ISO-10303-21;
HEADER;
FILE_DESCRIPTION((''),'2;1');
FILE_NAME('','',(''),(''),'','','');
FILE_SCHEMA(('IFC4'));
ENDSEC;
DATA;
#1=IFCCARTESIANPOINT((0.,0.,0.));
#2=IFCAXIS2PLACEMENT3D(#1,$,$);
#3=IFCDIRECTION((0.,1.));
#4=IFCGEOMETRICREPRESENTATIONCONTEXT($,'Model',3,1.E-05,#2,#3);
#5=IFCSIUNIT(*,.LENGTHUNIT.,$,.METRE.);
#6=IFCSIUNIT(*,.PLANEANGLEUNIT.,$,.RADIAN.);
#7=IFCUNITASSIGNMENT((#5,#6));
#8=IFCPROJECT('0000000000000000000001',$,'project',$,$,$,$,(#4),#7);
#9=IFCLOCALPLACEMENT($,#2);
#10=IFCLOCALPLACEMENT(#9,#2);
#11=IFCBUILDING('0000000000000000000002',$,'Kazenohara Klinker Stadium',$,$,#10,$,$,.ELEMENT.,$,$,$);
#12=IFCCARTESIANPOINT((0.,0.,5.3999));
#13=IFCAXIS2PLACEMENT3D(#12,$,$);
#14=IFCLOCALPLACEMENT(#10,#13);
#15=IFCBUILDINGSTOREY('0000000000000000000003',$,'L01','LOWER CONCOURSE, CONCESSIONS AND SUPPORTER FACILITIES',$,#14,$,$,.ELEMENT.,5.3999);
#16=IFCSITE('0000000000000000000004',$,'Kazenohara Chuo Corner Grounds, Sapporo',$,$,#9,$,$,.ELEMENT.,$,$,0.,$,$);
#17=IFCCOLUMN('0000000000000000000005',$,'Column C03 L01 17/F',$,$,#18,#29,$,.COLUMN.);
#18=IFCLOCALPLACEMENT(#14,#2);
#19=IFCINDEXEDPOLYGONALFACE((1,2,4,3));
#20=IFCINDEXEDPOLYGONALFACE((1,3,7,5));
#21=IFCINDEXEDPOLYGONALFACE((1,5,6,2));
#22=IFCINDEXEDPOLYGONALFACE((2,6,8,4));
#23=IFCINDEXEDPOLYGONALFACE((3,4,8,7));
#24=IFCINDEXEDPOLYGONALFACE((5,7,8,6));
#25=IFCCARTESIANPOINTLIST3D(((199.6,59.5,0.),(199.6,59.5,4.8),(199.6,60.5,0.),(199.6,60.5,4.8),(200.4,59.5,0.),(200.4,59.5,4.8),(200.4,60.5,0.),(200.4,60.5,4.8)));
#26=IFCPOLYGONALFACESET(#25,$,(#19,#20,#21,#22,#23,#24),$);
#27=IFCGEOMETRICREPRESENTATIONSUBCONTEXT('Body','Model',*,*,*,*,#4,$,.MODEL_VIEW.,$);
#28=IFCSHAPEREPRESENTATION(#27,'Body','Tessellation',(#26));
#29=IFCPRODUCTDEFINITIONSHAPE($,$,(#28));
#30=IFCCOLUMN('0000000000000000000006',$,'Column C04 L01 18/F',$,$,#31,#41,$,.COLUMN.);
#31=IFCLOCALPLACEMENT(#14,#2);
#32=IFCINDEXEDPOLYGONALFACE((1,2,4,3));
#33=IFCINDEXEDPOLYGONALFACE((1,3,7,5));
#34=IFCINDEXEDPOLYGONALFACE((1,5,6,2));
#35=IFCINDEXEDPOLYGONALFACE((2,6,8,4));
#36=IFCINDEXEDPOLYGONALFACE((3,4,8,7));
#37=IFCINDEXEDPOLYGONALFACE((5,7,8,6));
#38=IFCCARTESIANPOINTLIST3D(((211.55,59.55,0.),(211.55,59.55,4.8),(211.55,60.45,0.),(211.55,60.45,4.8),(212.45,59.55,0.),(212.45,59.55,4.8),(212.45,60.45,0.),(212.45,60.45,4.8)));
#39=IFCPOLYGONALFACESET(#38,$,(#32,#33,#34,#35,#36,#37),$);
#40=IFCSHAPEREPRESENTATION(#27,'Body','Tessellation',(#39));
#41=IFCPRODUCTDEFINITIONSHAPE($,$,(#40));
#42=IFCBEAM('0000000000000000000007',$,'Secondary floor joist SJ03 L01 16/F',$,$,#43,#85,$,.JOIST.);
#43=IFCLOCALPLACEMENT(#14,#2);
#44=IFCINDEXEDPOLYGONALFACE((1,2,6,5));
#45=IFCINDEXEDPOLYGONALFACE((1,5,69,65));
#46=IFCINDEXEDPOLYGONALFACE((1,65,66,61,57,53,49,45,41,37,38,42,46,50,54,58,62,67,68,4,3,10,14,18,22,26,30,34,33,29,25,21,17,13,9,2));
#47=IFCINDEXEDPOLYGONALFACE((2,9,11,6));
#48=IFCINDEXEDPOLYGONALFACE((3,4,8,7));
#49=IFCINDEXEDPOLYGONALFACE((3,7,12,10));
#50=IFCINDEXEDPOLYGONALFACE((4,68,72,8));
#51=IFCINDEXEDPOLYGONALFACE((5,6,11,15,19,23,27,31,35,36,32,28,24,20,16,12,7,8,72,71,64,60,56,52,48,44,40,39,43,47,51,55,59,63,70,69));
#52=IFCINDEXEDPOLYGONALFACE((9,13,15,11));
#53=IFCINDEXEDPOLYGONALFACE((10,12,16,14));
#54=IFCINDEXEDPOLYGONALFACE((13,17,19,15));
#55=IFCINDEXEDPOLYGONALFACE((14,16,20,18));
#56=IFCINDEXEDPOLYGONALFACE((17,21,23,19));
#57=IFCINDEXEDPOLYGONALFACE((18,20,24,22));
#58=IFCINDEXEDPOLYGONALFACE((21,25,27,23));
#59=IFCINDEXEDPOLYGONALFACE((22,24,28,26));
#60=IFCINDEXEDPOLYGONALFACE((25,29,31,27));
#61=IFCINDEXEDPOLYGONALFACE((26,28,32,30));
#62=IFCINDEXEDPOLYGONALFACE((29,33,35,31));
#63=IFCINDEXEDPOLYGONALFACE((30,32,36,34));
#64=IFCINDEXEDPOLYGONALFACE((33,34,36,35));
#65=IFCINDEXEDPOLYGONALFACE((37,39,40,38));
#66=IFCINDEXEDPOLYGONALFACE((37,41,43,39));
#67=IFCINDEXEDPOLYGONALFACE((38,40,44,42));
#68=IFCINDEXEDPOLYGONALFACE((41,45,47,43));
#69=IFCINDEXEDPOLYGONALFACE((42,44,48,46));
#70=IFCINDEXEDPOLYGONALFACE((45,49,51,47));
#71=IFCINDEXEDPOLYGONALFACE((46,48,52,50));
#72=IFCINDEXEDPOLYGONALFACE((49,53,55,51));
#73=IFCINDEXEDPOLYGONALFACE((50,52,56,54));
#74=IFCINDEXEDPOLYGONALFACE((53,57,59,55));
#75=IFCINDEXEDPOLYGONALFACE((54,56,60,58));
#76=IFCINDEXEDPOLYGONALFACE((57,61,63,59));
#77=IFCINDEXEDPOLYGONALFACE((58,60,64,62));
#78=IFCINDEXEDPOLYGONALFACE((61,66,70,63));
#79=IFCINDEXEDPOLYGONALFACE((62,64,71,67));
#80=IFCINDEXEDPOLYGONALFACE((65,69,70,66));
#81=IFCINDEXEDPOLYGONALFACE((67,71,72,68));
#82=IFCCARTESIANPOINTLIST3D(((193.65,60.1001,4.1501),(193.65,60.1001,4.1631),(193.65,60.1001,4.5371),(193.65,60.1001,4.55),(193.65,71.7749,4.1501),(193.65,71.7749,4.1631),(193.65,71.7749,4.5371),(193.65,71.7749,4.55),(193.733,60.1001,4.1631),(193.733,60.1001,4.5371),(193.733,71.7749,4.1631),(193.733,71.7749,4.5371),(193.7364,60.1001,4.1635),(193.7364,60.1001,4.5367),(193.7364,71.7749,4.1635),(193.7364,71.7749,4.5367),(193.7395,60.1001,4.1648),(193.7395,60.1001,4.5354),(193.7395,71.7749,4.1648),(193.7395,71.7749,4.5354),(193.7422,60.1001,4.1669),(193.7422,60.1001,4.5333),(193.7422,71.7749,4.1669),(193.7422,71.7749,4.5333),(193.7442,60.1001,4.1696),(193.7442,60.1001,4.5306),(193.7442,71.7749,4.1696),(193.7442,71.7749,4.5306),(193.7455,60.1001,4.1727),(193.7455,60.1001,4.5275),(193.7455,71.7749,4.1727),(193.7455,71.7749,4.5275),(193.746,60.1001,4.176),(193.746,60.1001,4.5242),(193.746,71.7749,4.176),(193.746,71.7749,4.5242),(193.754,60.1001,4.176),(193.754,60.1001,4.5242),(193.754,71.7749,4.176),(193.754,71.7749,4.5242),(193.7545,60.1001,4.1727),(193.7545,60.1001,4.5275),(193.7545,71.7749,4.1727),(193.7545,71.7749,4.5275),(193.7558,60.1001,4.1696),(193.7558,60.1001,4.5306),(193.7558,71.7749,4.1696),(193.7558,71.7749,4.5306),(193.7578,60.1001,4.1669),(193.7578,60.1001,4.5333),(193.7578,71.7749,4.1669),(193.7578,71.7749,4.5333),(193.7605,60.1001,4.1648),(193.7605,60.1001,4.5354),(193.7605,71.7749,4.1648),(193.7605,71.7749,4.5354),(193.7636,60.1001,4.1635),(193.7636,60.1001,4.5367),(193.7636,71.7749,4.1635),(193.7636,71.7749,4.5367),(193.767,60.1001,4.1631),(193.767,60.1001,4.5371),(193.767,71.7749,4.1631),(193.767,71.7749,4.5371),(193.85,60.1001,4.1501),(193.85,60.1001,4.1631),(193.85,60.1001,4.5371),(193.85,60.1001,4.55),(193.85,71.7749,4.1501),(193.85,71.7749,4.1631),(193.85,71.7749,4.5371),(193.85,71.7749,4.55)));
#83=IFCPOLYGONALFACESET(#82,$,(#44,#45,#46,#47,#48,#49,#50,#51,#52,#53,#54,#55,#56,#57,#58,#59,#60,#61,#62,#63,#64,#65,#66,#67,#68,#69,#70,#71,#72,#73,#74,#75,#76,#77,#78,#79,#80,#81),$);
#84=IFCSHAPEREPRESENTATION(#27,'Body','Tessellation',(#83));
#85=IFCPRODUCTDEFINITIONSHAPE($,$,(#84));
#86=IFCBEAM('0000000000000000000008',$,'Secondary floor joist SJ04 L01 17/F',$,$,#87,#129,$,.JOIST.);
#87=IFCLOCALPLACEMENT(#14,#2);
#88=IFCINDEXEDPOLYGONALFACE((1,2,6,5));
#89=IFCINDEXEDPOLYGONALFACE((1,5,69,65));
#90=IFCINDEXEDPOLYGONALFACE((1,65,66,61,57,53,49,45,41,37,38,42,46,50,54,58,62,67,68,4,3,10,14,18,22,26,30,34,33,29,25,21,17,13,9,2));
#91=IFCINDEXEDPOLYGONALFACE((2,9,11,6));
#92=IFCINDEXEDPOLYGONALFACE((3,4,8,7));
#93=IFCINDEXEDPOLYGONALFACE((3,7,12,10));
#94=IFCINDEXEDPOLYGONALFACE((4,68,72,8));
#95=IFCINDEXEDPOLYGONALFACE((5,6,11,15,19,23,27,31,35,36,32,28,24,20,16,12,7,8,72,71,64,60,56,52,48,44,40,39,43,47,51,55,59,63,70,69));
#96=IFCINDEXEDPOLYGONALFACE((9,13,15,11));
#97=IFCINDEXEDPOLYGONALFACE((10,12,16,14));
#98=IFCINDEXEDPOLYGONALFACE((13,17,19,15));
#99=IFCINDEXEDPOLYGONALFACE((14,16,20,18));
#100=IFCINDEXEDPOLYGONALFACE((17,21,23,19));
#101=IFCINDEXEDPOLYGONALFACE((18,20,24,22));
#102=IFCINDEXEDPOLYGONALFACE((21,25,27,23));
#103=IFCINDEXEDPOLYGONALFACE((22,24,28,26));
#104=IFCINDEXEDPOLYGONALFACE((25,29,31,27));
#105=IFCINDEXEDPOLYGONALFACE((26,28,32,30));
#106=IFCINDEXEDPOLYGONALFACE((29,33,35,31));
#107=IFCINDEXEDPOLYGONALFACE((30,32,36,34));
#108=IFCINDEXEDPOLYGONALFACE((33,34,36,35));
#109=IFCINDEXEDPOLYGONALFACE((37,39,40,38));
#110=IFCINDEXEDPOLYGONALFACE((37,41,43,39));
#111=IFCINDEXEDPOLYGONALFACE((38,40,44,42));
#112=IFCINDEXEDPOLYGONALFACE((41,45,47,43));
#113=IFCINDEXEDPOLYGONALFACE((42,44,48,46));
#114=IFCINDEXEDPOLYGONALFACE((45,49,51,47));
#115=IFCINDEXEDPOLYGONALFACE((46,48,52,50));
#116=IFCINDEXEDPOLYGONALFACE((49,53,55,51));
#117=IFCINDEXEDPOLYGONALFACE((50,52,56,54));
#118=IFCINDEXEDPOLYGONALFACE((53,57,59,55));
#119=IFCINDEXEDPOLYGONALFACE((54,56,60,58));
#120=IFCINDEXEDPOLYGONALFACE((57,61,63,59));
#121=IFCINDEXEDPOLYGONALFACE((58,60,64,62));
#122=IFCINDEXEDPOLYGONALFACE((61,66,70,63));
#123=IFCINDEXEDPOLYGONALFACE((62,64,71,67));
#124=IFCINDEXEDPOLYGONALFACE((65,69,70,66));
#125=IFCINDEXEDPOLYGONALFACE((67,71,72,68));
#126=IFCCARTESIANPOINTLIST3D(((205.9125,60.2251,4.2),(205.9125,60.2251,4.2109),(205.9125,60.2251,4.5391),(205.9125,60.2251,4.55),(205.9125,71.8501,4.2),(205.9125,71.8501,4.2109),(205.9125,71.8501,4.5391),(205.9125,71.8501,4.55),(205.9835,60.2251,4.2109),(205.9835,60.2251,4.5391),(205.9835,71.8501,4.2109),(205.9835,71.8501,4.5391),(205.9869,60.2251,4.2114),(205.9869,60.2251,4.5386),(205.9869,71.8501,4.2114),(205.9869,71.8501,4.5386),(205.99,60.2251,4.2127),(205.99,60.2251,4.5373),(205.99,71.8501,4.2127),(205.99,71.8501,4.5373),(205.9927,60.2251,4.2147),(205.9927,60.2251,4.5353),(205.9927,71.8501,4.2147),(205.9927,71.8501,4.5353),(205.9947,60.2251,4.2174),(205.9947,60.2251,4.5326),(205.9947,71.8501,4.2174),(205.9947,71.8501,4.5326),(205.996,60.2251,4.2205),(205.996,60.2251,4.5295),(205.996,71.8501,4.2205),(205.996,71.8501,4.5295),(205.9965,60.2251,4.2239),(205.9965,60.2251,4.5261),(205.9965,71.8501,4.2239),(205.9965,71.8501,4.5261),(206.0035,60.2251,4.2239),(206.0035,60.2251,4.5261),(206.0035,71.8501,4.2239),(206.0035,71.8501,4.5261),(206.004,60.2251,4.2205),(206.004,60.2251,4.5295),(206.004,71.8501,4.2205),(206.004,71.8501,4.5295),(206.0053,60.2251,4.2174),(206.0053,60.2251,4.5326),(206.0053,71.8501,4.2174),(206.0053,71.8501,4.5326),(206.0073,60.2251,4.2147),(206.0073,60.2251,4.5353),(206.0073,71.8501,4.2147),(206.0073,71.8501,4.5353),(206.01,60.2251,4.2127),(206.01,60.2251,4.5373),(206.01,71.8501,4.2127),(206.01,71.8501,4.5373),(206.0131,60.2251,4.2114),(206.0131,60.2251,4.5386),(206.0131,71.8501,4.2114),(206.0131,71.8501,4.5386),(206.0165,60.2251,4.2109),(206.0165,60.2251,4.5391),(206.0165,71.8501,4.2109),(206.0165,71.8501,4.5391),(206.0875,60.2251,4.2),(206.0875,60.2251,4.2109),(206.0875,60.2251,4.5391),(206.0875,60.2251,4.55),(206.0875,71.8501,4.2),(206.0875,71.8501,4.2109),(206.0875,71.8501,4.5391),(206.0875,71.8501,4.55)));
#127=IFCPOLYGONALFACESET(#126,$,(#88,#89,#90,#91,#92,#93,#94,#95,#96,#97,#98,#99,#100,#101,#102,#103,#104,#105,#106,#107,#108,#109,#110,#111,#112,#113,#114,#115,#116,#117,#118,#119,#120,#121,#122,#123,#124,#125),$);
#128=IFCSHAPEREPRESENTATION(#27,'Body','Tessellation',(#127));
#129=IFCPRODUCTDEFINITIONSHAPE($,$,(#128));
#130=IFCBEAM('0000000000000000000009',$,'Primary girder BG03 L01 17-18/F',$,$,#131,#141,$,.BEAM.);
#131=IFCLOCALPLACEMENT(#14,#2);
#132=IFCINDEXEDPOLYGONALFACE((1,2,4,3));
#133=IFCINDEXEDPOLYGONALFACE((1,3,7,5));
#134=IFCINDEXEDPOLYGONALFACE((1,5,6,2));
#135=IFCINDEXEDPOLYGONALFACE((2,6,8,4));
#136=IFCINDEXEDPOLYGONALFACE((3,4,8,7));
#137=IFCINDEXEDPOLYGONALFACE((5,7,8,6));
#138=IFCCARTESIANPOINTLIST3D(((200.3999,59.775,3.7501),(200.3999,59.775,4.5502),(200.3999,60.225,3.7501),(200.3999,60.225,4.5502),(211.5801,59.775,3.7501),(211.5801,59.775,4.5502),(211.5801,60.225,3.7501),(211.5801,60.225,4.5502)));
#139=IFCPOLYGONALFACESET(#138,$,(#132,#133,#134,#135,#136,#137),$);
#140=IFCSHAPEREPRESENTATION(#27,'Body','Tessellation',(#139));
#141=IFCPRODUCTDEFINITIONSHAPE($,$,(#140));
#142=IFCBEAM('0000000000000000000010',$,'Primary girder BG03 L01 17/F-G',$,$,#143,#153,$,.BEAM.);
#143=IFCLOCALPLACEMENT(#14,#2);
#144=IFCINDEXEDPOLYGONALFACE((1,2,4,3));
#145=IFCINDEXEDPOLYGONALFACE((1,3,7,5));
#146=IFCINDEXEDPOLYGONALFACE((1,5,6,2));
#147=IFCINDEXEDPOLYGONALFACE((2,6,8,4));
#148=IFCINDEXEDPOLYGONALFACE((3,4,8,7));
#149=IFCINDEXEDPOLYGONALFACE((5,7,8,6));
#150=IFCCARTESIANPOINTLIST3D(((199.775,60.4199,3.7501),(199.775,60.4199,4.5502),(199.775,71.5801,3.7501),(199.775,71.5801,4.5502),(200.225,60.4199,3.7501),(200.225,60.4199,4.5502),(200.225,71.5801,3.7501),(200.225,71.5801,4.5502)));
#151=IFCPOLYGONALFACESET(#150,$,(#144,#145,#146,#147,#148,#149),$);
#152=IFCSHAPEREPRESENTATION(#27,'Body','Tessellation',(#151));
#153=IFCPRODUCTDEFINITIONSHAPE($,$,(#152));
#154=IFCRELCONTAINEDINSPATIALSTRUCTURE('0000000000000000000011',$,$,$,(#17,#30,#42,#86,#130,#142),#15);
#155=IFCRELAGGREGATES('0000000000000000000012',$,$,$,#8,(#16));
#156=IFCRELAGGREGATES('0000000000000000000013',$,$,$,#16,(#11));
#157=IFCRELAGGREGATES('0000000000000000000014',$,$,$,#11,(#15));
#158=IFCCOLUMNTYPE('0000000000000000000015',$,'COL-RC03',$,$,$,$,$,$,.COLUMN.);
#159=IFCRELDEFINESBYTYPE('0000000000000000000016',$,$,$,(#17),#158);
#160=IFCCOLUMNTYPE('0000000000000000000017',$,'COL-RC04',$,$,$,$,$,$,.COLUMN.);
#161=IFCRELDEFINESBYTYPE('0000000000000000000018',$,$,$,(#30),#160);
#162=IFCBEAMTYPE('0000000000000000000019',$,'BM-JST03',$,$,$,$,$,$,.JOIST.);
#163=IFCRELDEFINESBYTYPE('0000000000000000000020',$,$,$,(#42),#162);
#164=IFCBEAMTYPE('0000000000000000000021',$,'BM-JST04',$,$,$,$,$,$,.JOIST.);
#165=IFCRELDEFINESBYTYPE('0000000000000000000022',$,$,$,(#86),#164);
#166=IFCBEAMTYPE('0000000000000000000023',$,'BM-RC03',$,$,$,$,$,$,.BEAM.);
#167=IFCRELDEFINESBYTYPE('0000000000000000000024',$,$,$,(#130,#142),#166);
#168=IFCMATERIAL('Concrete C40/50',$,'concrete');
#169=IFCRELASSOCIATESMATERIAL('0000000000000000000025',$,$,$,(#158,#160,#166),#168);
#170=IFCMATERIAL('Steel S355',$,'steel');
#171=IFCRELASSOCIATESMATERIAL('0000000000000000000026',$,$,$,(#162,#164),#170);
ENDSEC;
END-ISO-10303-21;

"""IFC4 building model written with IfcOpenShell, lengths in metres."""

from ifc_helpers import new_model, si_unit, direction, frame, origin, origin_2d, place, context, subcontext, project, spatial, rectangle, i_section, extrude, material, material_profile, profile_set, type_object, element, save


model = new_model("IFC4")

# Units and contexts
model_context = context("Model", 3, precision=1e-05, world=origin(), true_north=direction((0.0, 1.0)))
body_context = subcontext(model_context, "Body", "Model", "MODEL_VIEW")
ifc_project = project(units=[si_unit("LENGTHUNIT", "METRE"), si_unit("PLANEANGLEUNIT", "RADIAN")], contexts=[model_context])

# Site, building, storey
site_placement = place(None, origin())
site = spatial("IfcSite", under=ifc_project, at=site_placement, Name="Kazenohara Chuo Corner Grounds, Sapporo", CompositionType="ELEMENT", RefElevation=0.0)
building_placement = place(site_placement, origin())
building = spatial("IfcBuilding", under=site, at=building_placement, Name="Kazenohara Klinker Stadium", CompositionType="ELEMENT")
storey_placement = place(building_placement, frame((0.0, 0.0, 5.3999)))
storey = spatial("IfcBuildingStorey", under=building, at=storey_placement, Name="L01", Description="LOWER CONCOURSE, CONCESSIONS AND SUPPORTER FACILITIES", CompositionType="ELEMENT", Elevation=5.3999)

# Columns
ifc_material_1 = material(Name="Concrete C40/50", Category="concrete")
ifc_material_profile_1 = material_profile(ifc_material_1, rectangle(XDim=0.8, YDim=1.0, at=origin_2d()), Name="RC-COL-1000x800")
ifc_profile_set_1 = profile_set([ifc_material_profile_1], Name="Concrete C40/50")
column_type_1 = type_object("IfcColumnType", Name="COL-RC03", PredefinedType="COLUMN", material=ifc_profile_set_1)
column_1_placement = place(storey_placement, frame((200.0, 60.0, 0.0), z_axis=(0.0, 0.0, 1.0), x_axis=(1.0, 0.0, 0.0)))
element("IfcColumn", 1, at=column_1_placement, inside=storey, type_object=column_type_1, Name="Column C03 L01 17/F", PredefinedType="COLUMN", context=body_context, shape_type="SweptSolid", body=[
    extrude(rectangle(XDim=0.8, YDim=1.0, at=origin_2d()), origin(), (0.0, 0.0, 1.0), 4.8),
])
ifc_material_profile_2 = material_profile(ifc_material_1, rectangle(XDim=0.8999, YDim=0.8999, at=origin_2d()), Name="RC-COL-900x900")
ifc_profile_set_2 = profile_set([ifc_material_profile_2], Name="Concrete C40/50")
column_type_2 = type_object("IfcColumnType", Name="COL-RC04", PredefinedType="COLUMN", material=ifc_profile_set_2)
column_2_placement = place(storey_placement, frame((212.0, 60.0, 0.0), z_axis=(0.0, 0.0, 1.0), x_axis=(1.0, 0.0, 0.0)))
element("IfcColumn", 2, at=column_2_placement, inside=storey, type_object=column_type_2, Name="Column C04 L01 18/F", PredefinedType="COLUMN", context=body_context, shape_type="SweptSolid", body=[
    extrude(rectangle(XDim=0.8999, YDim=0.8999, at=origin_2d()), origin(), (0.0, 0.0, 1.0), 4.8),
])

# Beams
ifc_material_2 = material(Name="Steel S355", Category="steel")
ifc_material_profile_3 = material_profile(ifc_material_2, i_section(OverallWidth=0.2, OverallDepth=0.3999, WebThickness=0.0081, FlangeThickness=0.0129, FilletRadius=0.0129, at=origin_2d()), Name="H-400x200x8x13")
ifc_profile_set_3 = profile_set([ifc_material_profile_3], Name="Steel S355")
beam_type_1 = type_object("IfcBeamType", Name="BM-JST03", PredefinedType="JOIST", material=ifc_profile_set_3)
beam_1_placement = place(storey_placement, frame((193.75, 60.1001, 4.3501), z_axis=(0.0, 1.0, 0.0), x_axis=(-1.0, 0.0, 0.0)))
element("IfcBeam", 3, at=beam_1_placement, inside=storey, type_object=beam_type_1, Name="Secondary floor joist SJ03 L01 16/F", PredefinedType="JOIST", context=body_context, shape_type="SweptSolid", body=[
    extrude(i_section(OverallWidth=0.2, OverallDepth=0.3999, WebThickness=0.0081, FlangeThickness=0.0129, FilletRadius=0.0129, at=origin_2d()), origin(), (0.0, 0.0, 1.0), 11.6748),
])
ifc_material_profile_4 = material_profile(ifc_material_2, i_section(OverallWidth=0.175, OverallDepth=0.3501, WebThickness=0.0071, FlangeThickness=0.011, FilletRadius=0.0129, at=origin_2d()), Name="H-350x175x7x11")
ifc_profile_set_4 = profile_set([ifc_material_profile_4], Name="Steel S355")
beam_type_2 = type_object("IfcBeamType", Name="BM-JST04", PredefinedType="JOIST", material=ifc_profile_set_4)
beam_2_placement = place(storey_placement, frame((206.0, 60.2251, 4.375), z_axis=(0.0, 1.0, 0.0), x_axis=(-1.0, 0.0, 0.0)))
element("IfcBeam", 4, at=beam_2_placement, inside=storey, type_object=beam_type_2, Name="Secondary floor joist SJ04 L01 17/F", PredefinedType="JOIST", context=body_context, shape_type="SweptSolid", body=[
    extrude(i_section(OverallWidth=0.175, OverallDepth=0.3501, WebThickness=0.0071, FlangeThickness=0.011, FilletRadius=0.0129, at=origin_2d()), origin(), (0.0, 0.0, 1.0), 11.625),
])
ifc_material_profile_5 = material_profile(ifc_material_1, rectangle(XDim=0.45, YDim=0.8, at=origin_2d()), Name="RC-BM-450x800")
ifc_profile_set_5 = profile_set([ifc_material_profile_5], Name="Concrete C40/50")
beam_type_3 = type_object("IfcBeamType", Name="BM-RC03", PredefinedType="BEAM", material=ifc_profile_set_5)
beam_3_placement = place(storey_placement, frame((200.3999, 60.0, 4.1501), z_axis=(1.0, 0.0, 0.0), x_axis=(0.0, 1.0, 0.0)))
element("IfcBeam", 5, at=beam_3_placement, inside=storey, type_object=beam_type_3, Name="Primary girder BG03 L01 17-18/F", PredefinedType="BEAM", context=body_context, shape_type="SweptSolid", body=[
    extrude(rectangle(XDim=0.45, YDim=0.8, at=origin_2d()), origin(), (0.0, 0.0, 1.0), 11.1802),
])
beam_4_placement = place(storey_placement, frame((200.0, 60.4199, 4.1501), z_axis=(0.0, 1.0, 0.0), x_axis=(-1.0, 0.0, 0.0)))
element("IfcBeam", 6, at=beam_4_placement, inside=storey, type_object=beam_type_3, Name="Primary girder BG03 L01 17/F-G", PredefinedType="BEAM", context=body_context, shape_type="SweptSolid", body=[
    extrude(rectangle(XDim=0.45, YDim=0.8, at=origin_2d()), origin(), (0.0, 0.0, 1.0), 11.1602),
])

save(model, "model.ifc")
